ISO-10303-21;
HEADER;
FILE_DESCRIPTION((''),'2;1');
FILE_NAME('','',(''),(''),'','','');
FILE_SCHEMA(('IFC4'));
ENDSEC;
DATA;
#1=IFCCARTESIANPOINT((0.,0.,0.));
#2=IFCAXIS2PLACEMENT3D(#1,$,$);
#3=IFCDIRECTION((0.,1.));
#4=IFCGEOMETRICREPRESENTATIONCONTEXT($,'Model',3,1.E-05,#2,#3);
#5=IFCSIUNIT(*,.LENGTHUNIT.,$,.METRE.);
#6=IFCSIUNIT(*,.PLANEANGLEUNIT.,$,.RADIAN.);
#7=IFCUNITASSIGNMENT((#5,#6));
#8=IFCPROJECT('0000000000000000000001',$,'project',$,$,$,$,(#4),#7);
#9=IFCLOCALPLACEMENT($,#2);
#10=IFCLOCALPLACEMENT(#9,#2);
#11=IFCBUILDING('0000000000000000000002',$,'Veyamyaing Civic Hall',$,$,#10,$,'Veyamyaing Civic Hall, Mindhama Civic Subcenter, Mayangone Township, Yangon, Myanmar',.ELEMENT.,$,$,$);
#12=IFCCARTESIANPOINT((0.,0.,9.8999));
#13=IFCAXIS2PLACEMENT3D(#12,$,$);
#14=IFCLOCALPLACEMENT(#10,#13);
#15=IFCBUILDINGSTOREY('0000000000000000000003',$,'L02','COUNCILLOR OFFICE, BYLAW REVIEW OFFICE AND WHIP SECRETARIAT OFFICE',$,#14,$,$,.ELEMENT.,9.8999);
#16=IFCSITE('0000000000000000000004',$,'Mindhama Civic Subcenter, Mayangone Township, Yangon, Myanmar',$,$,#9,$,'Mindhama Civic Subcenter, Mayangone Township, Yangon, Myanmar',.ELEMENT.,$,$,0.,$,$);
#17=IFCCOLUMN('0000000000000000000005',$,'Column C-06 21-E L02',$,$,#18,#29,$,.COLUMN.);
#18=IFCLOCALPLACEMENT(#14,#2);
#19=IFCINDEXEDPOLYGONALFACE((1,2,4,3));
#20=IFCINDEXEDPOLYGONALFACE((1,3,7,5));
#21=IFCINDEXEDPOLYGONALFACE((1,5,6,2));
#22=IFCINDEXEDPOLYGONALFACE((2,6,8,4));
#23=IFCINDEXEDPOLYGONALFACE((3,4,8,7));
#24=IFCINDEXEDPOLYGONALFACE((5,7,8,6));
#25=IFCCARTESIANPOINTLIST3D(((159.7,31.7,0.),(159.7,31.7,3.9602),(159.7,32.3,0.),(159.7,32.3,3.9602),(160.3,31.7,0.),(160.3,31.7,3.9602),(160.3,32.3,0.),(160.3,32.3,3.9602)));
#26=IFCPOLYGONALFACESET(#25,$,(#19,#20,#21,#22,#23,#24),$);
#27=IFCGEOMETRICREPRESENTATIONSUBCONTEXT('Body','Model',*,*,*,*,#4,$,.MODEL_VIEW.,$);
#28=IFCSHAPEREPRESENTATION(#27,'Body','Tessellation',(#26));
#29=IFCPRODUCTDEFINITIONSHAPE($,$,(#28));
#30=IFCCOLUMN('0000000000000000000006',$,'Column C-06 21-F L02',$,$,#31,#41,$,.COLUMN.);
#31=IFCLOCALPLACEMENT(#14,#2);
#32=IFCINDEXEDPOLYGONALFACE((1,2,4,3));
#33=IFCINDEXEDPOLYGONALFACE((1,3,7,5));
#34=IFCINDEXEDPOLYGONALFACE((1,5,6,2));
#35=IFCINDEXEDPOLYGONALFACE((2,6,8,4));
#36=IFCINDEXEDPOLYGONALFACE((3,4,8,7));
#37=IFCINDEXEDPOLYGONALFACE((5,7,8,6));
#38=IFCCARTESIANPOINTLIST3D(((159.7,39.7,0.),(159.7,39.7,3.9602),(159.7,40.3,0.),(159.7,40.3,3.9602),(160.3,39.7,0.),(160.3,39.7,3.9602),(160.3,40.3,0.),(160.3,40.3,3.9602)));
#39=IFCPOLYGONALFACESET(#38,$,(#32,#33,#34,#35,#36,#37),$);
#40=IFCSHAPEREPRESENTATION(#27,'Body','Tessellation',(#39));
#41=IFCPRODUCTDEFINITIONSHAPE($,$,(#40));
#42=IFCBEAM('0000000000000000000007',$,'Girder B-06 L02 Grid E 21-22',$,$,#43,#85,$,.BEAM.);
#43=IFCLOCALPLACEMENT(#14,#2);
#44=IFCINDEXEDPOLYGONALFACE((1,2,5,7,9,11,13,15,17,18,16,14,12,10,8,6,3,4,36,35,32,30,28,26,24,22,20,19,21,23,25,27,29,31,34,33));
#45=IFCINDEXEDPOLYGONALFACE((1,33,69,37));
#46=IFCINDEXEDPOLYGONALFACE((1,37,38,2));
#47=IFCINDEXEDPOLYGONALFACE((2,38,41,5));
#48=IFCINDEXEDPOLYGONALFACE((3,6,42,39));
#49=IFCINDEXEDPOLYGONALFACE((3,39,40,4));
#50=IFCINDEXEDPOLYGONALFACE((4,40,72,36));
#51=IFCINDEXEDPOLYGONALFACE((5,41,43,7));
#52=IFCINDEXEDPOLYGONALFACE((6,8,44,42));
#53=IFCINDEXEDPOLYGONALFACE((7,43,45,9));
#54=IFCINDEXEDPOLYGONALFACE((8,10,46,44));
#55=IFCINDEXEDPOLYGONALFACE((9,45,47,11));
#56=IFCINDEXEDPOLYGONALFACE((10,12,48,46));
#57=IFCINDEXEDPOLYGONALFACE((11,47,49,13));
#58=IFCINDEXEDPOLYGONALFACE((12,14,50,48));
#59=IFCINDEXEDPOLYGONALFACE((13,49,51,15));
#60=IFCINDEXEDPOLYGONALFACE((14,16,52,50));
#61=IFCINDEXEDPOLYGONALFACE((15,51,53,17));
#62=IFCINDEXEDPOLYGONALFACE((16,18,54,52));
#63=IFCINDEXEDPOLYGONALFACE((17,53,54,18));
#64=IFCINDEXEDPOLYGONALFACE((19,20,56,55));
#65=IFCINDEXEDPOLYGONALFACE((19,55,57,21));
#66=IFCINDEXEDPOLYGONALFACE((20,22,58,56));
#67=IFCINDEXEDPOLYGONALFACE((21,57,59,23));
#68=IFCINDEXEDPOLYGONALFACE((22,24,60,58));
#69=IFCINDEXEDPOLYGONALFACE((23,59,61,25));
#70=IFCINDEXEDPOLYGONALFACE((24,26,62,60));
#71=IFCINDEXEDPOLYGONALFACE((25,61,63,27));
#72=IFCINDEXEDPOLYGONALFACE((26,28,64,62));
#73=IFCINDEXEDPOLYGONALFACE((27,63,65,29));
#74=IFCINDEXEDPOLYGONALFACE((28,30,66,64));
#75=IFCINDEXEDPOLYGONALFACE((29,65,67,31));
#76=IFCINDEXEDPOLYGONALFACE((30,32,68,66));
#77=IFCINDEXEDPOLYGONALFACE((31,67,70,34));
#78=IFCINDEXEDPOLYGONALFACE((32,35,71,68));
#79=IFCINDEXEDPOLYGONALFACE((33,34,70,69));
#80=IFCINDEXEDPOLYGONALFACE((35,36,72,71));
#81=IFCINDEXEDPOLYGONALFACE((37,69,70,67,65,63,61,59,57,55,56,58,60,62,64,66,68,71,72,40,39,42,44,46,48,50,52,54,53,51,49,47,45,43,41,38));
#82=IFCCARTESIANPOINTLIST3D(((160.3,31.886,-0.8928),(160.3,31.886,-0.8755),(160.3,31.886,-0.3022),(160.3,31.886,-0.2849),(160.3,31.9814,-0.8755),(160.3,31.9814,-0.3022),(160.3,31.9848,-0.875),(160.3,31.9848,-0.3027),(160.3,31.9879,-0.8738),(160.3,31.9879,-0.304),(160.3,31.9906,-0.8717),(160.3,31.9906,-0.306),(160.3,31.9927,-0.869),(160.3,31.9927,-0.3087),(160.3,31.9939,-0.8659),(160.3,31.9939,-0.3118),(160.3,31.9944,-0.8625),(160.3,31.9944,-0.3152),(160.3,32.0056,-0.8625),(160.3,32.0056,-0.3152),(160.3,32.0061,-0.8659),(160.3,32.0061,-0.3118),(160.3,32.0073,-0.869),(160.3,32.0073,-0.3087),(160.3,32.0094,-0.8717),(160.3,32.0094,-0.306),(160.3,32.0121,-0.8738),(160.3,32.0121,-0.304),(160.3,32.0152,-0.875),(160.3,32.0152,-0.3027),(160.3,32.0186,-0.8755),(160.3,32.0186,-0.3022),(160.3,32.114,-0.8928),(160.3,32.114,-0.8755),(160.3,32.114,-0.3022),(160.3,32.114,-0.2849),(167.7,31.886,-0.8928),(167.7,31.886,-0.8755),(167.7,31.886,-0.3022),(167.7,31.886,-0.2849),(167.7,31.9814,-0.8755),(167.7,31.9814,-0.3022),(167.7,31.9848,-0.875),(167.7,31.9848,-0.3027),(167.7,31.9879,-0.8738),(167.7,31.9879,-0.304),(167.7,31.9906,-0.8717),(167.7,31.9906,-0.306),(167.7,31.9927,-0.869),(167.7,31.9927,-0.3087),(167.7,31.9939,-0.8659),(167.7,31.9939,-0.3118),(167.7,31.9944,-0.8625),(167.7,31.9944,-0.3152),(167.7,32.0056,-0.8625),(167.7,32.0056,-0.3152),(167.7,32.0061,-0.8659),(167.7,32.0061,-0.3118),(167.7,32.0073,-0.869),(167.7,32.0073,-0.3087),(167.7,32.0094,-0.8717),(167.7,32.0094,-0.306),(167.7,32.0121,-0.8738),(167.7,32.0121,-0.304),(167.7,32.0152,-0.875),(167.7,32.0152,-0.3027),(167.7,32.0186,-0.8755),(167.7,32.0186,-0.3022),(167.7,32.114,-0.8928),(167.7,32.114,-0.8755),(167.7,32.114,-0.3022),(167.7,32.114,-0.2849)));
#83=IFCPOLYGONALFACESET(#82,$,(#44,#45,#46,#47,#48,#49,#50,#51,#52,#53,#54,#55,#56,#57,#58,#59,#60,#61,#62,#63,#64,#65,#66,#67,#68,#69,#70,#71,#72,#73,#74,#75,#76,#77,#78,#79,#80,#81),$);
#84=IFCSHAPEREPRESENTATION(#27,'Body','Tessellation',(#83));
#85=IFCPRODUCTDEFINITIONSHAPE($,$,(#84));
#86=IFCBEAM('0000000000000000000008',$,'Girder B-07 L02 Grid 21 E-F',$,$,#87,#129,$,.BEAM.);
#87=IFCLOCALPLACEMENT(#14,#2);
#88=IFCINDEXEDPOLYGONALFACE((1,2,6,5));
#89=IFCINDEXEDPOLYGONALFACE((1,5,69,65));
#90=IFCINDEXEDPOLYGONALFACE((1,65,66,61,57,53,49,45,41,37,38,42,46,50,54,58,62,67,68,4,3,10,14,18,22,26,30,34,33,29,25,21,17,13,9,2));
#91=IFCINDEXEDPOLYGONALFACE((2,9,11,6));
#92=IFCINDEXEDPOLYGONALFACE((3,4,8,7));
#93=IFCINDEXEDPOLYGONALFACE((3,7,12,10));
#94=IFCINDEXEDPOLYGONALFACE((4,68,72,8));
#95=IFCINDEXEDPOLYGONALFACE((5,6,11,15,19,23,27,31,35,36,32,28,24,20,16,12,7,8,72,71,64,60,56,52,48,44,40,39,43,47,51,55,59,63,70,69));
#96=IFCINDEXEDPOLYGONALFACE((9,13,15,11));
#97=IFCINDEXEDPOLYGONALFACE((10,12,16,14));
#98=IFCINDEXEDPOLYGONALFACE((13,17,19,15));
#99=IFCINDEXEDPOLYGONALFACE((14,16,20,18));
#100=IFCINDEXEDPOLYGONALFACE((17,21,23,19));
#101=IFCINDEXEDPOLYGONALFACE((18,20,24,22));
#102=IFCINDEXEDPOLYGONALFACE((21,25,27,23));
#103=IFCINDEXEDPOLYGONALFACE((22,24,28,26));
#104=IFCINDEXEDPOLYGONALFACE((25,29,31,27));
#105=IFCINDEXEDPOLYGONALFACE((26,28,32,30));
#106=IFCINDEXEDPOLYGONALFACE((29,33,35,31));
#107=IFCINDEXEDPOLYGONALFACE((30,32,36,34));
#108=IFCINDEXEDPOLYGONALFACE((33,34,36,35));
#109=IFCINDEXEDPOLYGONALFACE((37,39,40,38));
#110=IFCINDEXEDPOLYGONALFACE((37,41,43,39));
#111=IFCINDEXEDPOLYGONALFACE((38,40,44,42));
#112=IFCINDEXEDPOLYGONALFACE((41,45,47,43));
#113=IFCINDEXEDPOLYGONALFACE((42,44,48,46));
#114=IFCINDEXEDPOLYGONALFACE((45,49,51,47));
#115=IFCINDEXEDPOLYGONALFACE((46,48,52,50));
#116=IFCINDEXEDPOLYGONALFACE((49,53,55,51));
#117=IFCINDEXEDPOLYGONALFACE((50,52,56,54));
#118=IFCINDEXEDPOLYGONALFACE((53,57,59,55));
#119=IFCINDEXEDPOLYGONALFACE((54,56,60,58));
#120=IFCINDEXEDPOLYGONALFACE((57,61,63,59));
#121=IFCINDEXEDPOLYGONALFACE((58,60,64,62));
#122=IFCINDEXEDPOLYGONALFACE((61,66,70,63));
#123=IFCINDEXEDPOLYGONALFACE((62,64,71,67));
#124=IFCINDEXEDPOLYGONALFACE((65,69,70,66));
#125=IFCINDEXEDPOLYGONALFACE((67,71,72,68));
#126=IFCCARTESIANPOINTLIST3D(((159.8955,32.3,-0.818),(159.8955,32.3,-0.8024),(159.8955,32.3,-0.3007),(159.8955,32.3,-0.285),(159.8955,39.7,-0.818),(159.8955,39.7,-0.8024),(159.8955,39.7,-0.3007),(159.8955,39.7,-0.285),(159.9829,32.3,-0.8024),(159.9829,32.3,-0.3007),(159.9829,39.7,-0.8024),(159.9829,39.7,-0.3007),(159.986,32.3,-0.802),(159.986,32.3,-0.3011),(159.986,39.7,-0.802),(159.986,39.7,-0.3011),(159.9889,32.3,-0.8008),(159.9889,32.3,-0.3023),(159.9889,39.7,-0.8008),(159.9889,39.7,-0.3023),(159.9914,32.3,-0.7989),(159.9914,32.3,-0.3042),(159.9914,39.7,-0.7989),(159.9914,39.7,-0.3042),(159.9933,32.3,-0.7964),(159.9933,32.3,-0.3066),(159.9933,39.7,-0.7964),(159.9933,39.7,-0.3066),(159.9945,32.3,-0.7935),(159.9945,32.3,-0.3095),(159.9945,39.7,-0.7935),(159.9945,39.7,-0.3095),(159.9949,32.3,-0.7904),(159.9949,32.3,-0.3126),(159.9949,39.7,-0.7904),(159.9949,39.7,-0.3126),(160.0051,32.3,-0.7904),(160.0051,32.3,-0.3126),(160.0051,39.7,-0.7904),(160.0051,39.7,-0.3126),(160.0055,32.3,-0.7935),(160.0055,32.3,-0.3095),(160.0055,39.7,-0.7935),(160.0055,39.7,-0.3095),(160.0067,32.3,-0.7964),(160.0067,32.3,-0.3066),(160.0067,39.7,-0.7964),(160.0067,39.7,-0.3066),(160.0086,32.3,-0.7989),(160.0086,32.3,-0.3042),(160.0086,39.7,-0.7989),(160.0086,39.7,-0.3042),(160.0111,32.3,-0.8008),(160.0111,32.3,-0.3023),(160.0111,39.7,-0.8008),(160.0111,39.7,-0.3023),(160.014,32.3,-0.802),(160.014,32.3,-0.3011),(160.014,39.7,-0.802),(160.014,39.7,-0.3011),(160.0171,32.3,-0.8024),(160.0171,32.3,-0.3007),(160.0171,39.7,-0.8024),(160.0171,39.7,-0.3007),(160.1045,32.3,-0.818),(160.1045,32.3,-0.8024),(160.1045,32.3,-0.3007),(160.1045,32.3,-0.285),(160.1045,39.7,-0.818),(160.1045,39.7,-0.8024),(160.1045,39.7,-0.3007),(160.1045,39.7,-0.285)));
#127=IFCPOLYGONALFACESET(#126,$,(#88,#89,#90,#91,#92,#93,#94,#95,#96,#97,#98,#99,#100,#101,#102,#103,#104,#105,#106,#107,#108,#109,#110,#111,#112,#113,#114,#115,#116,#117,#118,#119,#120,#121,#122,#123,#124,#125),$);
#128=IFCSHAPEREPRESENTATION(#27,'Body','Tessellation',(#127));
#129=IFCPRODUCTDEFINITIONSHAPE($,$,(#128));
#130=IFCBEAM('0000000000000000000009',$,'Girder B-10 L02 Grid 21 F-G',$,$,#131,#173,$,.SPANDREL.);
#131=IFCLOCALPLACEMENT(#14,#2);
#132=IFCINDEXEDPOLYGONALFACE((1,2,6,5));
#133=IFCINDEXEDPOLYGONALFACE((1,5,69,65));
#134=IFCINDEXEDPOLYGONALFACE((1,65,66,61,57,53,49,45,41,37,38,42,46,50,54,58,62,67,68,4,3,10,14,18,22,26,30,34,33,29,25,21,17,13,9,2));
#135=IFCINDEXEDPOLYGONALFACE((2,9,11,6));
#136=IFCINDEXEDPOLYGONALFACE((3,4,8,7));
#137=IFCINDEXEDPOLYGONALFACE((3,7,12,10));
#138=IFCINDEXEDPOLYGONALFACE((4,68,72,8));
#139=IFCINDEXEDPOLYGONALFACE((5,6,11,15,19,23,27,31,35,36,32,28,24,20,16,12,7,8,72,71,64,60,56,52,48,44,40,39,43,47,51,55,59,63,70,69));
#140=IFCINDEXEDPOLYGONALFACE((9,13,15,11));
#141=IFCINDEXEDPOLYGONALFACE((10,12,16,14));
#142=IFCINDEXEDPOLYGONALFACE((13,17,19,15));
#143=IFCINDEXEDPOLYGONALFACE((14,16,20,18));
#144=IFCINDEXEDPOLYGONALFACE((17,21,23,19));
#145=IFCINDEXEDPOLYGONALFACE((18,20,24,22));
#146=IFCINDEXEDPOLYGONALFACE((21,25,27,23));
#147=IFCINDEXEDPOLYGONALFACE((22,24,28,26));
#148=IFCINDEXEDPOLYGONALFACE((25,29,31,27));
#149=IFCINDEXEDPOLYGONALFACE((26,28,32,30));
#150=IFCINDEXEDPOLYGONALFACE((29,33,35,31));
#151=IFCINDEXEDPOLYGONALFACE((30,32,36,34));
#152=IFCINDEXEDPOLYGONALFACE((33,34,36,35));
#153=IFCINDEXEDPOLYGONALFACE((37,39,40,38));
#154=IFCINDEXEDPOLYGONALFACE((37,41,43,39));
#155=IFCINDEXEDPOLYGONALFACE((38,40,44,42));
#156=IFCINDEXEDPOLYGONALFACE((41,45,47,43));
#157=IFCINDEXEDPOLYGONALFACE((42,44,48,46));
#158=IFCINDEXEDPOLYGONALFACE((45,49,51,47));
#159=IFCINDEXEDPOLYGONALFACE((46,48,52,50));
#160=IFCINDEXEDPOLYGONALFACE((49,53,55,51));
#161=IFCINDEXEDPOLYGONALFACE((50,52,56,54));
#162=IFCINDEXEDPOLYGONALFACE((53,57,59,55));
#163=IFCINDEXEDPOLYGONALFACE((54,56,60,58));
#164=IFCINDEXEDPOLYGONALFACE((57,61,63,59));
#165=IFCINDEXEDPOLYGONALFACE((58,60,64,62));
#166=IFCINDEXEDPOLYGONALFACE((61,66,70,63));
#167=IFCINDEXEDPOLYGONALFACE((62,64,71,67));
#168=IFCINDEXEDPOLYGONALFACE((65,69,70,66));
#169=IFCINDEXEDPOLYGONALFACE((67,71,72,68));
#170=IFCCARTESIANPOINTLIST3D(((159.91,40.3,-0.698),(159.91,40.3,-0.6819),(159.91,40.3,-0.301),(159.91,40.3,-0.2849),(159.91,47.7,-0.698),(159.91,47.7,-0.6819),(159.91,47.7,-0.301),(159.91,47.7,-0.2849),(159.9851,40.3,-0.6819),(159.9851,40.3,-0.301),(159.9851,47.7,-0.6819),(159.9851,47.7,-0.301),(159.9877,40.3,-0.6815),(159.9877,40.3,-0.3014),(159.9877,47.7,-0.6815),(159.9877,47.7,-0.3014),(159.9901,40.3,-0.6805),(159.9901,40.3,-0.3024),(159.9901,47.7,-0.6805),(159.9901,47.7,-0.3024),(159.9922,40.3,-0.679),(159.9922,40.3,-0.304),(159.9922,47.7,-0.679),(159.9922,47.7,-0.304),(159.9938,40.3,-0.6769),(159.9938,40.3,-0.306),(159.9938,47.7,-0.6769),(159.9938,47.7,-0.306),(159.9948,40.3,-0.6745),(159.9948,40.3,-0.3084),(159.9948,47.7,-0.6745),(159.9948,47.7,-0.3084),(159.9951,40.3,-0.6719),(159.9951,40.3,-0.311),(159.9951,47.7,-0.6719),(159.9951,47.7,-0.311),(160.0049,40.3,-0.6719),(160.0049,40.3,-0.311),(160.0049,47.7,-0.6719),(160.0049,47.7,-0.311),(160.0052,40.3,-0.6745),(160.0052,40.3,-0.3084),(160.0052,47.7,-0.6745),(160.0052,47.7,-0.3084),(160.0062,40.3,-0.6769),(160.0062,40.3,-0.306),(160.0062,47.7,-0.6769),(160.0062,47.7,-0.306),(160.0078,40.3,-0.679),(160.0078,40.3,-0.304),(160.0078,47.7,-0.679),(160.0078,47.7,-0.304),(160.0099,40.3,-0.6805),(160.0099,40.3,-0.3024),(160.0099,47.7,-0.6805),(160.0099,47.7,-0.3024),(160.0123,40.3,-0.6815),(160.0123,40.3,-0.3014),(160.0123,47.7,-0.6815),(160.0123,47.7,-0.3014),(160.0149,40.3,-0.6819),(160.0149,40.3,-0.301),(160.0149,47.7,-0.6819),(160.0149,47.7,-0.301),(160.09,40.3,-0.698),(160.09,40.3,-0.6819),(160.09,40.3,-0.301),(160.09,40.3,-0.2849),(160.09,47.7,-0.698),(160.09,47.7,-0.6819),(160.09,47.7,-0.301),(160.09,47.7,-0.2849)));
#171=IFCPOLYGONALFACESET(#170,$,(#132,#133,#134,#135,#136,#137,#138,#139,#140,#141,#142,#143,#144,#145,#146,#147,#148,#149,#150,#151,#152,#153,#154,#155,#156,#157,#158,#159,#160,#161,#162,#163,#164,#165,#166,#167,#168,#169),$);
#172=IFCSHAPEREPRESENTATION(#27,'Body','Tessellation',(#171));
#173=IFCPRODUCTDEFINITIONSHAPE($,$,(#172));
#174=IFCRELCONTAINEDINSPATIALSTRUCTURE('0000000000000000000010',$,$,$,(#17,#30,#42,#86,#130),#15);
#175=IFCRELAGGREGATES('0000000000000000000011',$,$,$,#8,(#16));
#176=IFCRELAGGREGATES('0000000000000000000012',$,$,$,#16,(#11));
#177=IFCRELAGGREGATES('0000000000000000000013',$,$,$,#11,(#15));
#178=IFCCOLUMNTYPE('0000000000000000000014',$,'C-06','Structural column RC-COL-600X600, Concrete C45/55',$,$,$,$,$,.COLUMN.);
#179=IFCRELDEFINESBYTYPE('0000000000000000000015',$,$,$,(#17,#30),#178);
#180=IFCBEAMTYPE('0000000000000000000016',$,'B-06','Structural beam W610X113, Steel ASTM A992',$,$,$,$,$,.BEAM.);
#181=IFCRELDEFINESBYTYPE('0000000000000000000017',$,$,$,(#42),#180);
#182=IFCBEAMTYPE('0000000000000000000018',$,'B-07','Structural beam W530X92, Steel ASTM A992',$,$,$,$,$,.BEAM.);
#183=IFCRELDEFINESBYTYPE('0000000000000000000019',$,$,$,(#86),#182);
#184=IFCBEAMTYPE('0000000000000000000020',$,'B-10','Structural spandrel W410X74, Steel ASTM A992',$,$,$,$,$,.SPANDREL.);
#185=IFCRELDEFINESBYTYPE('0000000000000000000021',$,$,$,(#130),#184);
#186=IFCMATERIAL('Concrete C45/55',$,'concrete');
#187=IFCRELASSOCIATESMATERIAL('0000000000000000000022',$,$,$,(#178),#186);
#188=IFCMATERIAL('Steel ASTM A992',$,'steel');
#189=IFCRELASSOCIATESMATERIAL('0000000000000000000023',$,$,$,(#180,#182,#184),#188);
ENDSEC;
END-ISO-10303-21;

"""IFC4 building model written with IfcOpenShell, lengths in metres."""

from ifc_helpers import new_model, si_unit, direction, frame, origin, origin_2d, place, context, subcontext, project, spatial, rectangle, i_section, extrude, material, material_profile, profile_set, type_object, element, save


model = new_model("IFC4")

# Units and contexts
model_context = context("Model", 3, precision=1e-05, world=origin(), true_north=direction((0.0, 1.0)))
body_context = subcontext(model_context, "Body", "Model", "MODEL_VIEW")
ifc_project = project(units=[si_unit("LENGTHUNIT", "METRE"), si_unit("PLANEANGLEUNIT", "RADIAN")], contexts=[model_context])

# Site, building, storey
site_placement = place(None, origin())
site = spatial("IfcSite", under=ifc_project, at=site_placement, Name="Mindhama Civic Subcenter, Mayangone Township, Yangon, Myanmar", LongName="Mindhama Civic Subcenter, Mayangone Township, Yangon, Myanmar", CompositionType="ELEMENT", RefElevation=0.0)
building_placement = place(site_placement, origin())
building = spatial("IfcBuilding", under=site, at=building_placement, Name="Veyamyaing Civic Hall", LongName="Veyamyaing Civic Hall, Mindhama Civic Subcenter, Mayangone Township, Yangon, Myanmar", CompositionType="ELEMENT")
storey_placement = place(building_placement, frame((0.0, 0.0, 9.8999)))
storey = spatial("IfcBuildingStorey", under=building, at=storey_placement, Name="L02", Description="COUNCILLOR OFFICE, BYLAW REVIEW OFFICE AND WHIP SECRETARIAT OFFICE", CompositionType="ELEMENT", Elevation=9.8999)

# Columns
ifc_material_1 = material(Name="Concrete C45/55", Category="concrete")
ifc_material_profile_1 = material_profile(ifc_material_1, rectangle(XDim=0.6001, YDim=0.6001, at=origin_2d()), Name="RC-COL-600X600")
ifc_profile_set_1 = profile_set([ifc_material_profile_1], Name="Concrete C45/55")
column_type = type_object("IfcColumnType", Name="C-06", Description="Structural column RC-COL-600X600, Concrete C45/55", PredefinedType="COLUMN", material=ifc_profile_set_1)
for number, where, z_axis, x_axis, name in (
    (1, (160.0, 32.0, 0.0), (0.0, 0.0, 1.0), (1.0, 0.0, 0.0), "Column C-06 21-E L02"),
    (2, (160.0, 40.0, 0.0), (0.0, 0.0, 1.0), (1.0, 0.0, 0.0), "Column C-06 21-F L02"),
):
    element("IfcColumn", number, at=place(storey_placement, frame(where, z_axis=z_axis, x_axis=x_axis)), inside=storey, type_object=column_type, Name=name, PredefinedType="COLUMN", context=body_context, shape_type="SweptSolid", body=[
        extrude(rectangle(XDim=0.6001, YDim=0.6001, at=origin_2d()), origin(), (0.0, 0.0, 1.0), 3.9602),
    ])

# Beams
ifc_material_2 = material(Name="Steel ASTM A992", Category="steel")
ifc_material_profile_2 = material_profile(ifc_material_2, i_section(OverallWidth=0.228, OverallDepth=0.6079, WebThickness=0.0112, FlangeThickness=0.0173, FilletRadius=0.0129, at=origin_2d()), Name="W610X113")
ifc_profile_set_2 = profile_set([ifc_material_profile_2], Name="Steel ASTM A992")
beam_type_1 = type_object("IfcBeamType", Name="B-06", Description="Structural beam W610X113, Steel ASTM A992", PredefinedType="BEAM", material=ifc_profile_set_2)
beam_1_placement = place(storey_placement, frame((160.3, 32.0, -0.5889), z_axis=(1.0, 0.0, 0.0), x_axis=(0.0, 1.0, 0.0)))
element("IfcBeam", 3, at=beam_1_placement, inside=storey, type_object=beam_type_1, Name="Girder B-06 L02 Grid E 21-22", PredefinedType="BEAM", context=body_context, shape_type="SweptSolid", body=[
    extrude(i_section(OverallWidth=0.228, OverallDepth=0.6079, WebThickness=0.0112, FlangeThickness=0.0173, FilletRadius=0.0129, at=origin_2d()), origin(), (0.0, 0.0, 1.0), 7.3999),
])
ifc_material_profile_3 = material_profile(ifc_material_2, i_section(OverallWidth=0.209, OverallDepth=0.533, WebThickness=0.0103, FlangeThickness=0.0156, FilletRadius=0.012, at=origin_2d()), Name="W530X92")
ifc_profile_set_3 = profile_set([ifc_material_profile_3], Name="Steel ASTM A992")
beam_type_2 = type_object("IfcBeamType", Name="B-07", Description="Structural beam W530X92, Steel ASTM A992", PredefinedType="BEAM", material=ifc_profile_set_3)
beam_2_placement = place(storey_placement, frame((160.0, 32.3, -0.5515), z_axis=(0.0, 1.0, 0.0), x_axis=(-1.0, 0.0, 0.0)))
element("IfcBeam", 4, at=beam_2_placement, inside=storey, type_object=beam_type_2, Name="Girder B-07 L02 Grid 21 E-F", PredefinedType="BEAM", context=body_context, shape_type="SweptSolid", body=[
    extrude(i_section(OverallWidth=0.209, OverallDepth=0.533, WebThickness=0.0103, FlangeThickness=0.0156, FilletRadius=0.012, at=origin_2d()), origin(), (0.0, 0.0, 1.0), 7.3999),
])
ifc_material_profile_4 = material_profile(ifc_material_2, i_section(OverallWidth=0.1799, OverallDepth=0.4131, WebThickness=0.0098, FlangeThickness=0.0161, FilletRadius=0.01, at=origin_2d()), Name="W410X74")
ifc_profile_set_4 = profile_set([ifc_material_profile_4], Name="Steel ASTM A992")
beam_type_3 = type_object("IfcBeamType", Name="B-10", Description="Structural spandrel W410X74, Steel ASTM A992", PredefinedType="SPANDREL", material=ifc_profile_set_4)
beam_3_placement = place(storey_placement, frame((160.0, 40.3, -0.4915), z_axis=(0.0, 1.0, 0.0), x_axis=(-1.0, 0.0, 0.0)))
element("IfcBeam", 5, at=beam_3_placement, inside=storey, type_object=beam_type_3, Name="Girder B-10 L02 Grid 21 F-G", PredefinedType="SPANDREL", context=body_context, shape_type="SweptSolid", body=[
    extrude(i_section(OverallWidth=0.1799, OverallDepth=0.4131, WebThickness=0.0098, FlangeThickness=0.0161, FilletRadius=0.01, at=origin_2d()), origin(), (0.0, 0.0, 1.0), 7.3999),
])

save(model, "model.ifc")
